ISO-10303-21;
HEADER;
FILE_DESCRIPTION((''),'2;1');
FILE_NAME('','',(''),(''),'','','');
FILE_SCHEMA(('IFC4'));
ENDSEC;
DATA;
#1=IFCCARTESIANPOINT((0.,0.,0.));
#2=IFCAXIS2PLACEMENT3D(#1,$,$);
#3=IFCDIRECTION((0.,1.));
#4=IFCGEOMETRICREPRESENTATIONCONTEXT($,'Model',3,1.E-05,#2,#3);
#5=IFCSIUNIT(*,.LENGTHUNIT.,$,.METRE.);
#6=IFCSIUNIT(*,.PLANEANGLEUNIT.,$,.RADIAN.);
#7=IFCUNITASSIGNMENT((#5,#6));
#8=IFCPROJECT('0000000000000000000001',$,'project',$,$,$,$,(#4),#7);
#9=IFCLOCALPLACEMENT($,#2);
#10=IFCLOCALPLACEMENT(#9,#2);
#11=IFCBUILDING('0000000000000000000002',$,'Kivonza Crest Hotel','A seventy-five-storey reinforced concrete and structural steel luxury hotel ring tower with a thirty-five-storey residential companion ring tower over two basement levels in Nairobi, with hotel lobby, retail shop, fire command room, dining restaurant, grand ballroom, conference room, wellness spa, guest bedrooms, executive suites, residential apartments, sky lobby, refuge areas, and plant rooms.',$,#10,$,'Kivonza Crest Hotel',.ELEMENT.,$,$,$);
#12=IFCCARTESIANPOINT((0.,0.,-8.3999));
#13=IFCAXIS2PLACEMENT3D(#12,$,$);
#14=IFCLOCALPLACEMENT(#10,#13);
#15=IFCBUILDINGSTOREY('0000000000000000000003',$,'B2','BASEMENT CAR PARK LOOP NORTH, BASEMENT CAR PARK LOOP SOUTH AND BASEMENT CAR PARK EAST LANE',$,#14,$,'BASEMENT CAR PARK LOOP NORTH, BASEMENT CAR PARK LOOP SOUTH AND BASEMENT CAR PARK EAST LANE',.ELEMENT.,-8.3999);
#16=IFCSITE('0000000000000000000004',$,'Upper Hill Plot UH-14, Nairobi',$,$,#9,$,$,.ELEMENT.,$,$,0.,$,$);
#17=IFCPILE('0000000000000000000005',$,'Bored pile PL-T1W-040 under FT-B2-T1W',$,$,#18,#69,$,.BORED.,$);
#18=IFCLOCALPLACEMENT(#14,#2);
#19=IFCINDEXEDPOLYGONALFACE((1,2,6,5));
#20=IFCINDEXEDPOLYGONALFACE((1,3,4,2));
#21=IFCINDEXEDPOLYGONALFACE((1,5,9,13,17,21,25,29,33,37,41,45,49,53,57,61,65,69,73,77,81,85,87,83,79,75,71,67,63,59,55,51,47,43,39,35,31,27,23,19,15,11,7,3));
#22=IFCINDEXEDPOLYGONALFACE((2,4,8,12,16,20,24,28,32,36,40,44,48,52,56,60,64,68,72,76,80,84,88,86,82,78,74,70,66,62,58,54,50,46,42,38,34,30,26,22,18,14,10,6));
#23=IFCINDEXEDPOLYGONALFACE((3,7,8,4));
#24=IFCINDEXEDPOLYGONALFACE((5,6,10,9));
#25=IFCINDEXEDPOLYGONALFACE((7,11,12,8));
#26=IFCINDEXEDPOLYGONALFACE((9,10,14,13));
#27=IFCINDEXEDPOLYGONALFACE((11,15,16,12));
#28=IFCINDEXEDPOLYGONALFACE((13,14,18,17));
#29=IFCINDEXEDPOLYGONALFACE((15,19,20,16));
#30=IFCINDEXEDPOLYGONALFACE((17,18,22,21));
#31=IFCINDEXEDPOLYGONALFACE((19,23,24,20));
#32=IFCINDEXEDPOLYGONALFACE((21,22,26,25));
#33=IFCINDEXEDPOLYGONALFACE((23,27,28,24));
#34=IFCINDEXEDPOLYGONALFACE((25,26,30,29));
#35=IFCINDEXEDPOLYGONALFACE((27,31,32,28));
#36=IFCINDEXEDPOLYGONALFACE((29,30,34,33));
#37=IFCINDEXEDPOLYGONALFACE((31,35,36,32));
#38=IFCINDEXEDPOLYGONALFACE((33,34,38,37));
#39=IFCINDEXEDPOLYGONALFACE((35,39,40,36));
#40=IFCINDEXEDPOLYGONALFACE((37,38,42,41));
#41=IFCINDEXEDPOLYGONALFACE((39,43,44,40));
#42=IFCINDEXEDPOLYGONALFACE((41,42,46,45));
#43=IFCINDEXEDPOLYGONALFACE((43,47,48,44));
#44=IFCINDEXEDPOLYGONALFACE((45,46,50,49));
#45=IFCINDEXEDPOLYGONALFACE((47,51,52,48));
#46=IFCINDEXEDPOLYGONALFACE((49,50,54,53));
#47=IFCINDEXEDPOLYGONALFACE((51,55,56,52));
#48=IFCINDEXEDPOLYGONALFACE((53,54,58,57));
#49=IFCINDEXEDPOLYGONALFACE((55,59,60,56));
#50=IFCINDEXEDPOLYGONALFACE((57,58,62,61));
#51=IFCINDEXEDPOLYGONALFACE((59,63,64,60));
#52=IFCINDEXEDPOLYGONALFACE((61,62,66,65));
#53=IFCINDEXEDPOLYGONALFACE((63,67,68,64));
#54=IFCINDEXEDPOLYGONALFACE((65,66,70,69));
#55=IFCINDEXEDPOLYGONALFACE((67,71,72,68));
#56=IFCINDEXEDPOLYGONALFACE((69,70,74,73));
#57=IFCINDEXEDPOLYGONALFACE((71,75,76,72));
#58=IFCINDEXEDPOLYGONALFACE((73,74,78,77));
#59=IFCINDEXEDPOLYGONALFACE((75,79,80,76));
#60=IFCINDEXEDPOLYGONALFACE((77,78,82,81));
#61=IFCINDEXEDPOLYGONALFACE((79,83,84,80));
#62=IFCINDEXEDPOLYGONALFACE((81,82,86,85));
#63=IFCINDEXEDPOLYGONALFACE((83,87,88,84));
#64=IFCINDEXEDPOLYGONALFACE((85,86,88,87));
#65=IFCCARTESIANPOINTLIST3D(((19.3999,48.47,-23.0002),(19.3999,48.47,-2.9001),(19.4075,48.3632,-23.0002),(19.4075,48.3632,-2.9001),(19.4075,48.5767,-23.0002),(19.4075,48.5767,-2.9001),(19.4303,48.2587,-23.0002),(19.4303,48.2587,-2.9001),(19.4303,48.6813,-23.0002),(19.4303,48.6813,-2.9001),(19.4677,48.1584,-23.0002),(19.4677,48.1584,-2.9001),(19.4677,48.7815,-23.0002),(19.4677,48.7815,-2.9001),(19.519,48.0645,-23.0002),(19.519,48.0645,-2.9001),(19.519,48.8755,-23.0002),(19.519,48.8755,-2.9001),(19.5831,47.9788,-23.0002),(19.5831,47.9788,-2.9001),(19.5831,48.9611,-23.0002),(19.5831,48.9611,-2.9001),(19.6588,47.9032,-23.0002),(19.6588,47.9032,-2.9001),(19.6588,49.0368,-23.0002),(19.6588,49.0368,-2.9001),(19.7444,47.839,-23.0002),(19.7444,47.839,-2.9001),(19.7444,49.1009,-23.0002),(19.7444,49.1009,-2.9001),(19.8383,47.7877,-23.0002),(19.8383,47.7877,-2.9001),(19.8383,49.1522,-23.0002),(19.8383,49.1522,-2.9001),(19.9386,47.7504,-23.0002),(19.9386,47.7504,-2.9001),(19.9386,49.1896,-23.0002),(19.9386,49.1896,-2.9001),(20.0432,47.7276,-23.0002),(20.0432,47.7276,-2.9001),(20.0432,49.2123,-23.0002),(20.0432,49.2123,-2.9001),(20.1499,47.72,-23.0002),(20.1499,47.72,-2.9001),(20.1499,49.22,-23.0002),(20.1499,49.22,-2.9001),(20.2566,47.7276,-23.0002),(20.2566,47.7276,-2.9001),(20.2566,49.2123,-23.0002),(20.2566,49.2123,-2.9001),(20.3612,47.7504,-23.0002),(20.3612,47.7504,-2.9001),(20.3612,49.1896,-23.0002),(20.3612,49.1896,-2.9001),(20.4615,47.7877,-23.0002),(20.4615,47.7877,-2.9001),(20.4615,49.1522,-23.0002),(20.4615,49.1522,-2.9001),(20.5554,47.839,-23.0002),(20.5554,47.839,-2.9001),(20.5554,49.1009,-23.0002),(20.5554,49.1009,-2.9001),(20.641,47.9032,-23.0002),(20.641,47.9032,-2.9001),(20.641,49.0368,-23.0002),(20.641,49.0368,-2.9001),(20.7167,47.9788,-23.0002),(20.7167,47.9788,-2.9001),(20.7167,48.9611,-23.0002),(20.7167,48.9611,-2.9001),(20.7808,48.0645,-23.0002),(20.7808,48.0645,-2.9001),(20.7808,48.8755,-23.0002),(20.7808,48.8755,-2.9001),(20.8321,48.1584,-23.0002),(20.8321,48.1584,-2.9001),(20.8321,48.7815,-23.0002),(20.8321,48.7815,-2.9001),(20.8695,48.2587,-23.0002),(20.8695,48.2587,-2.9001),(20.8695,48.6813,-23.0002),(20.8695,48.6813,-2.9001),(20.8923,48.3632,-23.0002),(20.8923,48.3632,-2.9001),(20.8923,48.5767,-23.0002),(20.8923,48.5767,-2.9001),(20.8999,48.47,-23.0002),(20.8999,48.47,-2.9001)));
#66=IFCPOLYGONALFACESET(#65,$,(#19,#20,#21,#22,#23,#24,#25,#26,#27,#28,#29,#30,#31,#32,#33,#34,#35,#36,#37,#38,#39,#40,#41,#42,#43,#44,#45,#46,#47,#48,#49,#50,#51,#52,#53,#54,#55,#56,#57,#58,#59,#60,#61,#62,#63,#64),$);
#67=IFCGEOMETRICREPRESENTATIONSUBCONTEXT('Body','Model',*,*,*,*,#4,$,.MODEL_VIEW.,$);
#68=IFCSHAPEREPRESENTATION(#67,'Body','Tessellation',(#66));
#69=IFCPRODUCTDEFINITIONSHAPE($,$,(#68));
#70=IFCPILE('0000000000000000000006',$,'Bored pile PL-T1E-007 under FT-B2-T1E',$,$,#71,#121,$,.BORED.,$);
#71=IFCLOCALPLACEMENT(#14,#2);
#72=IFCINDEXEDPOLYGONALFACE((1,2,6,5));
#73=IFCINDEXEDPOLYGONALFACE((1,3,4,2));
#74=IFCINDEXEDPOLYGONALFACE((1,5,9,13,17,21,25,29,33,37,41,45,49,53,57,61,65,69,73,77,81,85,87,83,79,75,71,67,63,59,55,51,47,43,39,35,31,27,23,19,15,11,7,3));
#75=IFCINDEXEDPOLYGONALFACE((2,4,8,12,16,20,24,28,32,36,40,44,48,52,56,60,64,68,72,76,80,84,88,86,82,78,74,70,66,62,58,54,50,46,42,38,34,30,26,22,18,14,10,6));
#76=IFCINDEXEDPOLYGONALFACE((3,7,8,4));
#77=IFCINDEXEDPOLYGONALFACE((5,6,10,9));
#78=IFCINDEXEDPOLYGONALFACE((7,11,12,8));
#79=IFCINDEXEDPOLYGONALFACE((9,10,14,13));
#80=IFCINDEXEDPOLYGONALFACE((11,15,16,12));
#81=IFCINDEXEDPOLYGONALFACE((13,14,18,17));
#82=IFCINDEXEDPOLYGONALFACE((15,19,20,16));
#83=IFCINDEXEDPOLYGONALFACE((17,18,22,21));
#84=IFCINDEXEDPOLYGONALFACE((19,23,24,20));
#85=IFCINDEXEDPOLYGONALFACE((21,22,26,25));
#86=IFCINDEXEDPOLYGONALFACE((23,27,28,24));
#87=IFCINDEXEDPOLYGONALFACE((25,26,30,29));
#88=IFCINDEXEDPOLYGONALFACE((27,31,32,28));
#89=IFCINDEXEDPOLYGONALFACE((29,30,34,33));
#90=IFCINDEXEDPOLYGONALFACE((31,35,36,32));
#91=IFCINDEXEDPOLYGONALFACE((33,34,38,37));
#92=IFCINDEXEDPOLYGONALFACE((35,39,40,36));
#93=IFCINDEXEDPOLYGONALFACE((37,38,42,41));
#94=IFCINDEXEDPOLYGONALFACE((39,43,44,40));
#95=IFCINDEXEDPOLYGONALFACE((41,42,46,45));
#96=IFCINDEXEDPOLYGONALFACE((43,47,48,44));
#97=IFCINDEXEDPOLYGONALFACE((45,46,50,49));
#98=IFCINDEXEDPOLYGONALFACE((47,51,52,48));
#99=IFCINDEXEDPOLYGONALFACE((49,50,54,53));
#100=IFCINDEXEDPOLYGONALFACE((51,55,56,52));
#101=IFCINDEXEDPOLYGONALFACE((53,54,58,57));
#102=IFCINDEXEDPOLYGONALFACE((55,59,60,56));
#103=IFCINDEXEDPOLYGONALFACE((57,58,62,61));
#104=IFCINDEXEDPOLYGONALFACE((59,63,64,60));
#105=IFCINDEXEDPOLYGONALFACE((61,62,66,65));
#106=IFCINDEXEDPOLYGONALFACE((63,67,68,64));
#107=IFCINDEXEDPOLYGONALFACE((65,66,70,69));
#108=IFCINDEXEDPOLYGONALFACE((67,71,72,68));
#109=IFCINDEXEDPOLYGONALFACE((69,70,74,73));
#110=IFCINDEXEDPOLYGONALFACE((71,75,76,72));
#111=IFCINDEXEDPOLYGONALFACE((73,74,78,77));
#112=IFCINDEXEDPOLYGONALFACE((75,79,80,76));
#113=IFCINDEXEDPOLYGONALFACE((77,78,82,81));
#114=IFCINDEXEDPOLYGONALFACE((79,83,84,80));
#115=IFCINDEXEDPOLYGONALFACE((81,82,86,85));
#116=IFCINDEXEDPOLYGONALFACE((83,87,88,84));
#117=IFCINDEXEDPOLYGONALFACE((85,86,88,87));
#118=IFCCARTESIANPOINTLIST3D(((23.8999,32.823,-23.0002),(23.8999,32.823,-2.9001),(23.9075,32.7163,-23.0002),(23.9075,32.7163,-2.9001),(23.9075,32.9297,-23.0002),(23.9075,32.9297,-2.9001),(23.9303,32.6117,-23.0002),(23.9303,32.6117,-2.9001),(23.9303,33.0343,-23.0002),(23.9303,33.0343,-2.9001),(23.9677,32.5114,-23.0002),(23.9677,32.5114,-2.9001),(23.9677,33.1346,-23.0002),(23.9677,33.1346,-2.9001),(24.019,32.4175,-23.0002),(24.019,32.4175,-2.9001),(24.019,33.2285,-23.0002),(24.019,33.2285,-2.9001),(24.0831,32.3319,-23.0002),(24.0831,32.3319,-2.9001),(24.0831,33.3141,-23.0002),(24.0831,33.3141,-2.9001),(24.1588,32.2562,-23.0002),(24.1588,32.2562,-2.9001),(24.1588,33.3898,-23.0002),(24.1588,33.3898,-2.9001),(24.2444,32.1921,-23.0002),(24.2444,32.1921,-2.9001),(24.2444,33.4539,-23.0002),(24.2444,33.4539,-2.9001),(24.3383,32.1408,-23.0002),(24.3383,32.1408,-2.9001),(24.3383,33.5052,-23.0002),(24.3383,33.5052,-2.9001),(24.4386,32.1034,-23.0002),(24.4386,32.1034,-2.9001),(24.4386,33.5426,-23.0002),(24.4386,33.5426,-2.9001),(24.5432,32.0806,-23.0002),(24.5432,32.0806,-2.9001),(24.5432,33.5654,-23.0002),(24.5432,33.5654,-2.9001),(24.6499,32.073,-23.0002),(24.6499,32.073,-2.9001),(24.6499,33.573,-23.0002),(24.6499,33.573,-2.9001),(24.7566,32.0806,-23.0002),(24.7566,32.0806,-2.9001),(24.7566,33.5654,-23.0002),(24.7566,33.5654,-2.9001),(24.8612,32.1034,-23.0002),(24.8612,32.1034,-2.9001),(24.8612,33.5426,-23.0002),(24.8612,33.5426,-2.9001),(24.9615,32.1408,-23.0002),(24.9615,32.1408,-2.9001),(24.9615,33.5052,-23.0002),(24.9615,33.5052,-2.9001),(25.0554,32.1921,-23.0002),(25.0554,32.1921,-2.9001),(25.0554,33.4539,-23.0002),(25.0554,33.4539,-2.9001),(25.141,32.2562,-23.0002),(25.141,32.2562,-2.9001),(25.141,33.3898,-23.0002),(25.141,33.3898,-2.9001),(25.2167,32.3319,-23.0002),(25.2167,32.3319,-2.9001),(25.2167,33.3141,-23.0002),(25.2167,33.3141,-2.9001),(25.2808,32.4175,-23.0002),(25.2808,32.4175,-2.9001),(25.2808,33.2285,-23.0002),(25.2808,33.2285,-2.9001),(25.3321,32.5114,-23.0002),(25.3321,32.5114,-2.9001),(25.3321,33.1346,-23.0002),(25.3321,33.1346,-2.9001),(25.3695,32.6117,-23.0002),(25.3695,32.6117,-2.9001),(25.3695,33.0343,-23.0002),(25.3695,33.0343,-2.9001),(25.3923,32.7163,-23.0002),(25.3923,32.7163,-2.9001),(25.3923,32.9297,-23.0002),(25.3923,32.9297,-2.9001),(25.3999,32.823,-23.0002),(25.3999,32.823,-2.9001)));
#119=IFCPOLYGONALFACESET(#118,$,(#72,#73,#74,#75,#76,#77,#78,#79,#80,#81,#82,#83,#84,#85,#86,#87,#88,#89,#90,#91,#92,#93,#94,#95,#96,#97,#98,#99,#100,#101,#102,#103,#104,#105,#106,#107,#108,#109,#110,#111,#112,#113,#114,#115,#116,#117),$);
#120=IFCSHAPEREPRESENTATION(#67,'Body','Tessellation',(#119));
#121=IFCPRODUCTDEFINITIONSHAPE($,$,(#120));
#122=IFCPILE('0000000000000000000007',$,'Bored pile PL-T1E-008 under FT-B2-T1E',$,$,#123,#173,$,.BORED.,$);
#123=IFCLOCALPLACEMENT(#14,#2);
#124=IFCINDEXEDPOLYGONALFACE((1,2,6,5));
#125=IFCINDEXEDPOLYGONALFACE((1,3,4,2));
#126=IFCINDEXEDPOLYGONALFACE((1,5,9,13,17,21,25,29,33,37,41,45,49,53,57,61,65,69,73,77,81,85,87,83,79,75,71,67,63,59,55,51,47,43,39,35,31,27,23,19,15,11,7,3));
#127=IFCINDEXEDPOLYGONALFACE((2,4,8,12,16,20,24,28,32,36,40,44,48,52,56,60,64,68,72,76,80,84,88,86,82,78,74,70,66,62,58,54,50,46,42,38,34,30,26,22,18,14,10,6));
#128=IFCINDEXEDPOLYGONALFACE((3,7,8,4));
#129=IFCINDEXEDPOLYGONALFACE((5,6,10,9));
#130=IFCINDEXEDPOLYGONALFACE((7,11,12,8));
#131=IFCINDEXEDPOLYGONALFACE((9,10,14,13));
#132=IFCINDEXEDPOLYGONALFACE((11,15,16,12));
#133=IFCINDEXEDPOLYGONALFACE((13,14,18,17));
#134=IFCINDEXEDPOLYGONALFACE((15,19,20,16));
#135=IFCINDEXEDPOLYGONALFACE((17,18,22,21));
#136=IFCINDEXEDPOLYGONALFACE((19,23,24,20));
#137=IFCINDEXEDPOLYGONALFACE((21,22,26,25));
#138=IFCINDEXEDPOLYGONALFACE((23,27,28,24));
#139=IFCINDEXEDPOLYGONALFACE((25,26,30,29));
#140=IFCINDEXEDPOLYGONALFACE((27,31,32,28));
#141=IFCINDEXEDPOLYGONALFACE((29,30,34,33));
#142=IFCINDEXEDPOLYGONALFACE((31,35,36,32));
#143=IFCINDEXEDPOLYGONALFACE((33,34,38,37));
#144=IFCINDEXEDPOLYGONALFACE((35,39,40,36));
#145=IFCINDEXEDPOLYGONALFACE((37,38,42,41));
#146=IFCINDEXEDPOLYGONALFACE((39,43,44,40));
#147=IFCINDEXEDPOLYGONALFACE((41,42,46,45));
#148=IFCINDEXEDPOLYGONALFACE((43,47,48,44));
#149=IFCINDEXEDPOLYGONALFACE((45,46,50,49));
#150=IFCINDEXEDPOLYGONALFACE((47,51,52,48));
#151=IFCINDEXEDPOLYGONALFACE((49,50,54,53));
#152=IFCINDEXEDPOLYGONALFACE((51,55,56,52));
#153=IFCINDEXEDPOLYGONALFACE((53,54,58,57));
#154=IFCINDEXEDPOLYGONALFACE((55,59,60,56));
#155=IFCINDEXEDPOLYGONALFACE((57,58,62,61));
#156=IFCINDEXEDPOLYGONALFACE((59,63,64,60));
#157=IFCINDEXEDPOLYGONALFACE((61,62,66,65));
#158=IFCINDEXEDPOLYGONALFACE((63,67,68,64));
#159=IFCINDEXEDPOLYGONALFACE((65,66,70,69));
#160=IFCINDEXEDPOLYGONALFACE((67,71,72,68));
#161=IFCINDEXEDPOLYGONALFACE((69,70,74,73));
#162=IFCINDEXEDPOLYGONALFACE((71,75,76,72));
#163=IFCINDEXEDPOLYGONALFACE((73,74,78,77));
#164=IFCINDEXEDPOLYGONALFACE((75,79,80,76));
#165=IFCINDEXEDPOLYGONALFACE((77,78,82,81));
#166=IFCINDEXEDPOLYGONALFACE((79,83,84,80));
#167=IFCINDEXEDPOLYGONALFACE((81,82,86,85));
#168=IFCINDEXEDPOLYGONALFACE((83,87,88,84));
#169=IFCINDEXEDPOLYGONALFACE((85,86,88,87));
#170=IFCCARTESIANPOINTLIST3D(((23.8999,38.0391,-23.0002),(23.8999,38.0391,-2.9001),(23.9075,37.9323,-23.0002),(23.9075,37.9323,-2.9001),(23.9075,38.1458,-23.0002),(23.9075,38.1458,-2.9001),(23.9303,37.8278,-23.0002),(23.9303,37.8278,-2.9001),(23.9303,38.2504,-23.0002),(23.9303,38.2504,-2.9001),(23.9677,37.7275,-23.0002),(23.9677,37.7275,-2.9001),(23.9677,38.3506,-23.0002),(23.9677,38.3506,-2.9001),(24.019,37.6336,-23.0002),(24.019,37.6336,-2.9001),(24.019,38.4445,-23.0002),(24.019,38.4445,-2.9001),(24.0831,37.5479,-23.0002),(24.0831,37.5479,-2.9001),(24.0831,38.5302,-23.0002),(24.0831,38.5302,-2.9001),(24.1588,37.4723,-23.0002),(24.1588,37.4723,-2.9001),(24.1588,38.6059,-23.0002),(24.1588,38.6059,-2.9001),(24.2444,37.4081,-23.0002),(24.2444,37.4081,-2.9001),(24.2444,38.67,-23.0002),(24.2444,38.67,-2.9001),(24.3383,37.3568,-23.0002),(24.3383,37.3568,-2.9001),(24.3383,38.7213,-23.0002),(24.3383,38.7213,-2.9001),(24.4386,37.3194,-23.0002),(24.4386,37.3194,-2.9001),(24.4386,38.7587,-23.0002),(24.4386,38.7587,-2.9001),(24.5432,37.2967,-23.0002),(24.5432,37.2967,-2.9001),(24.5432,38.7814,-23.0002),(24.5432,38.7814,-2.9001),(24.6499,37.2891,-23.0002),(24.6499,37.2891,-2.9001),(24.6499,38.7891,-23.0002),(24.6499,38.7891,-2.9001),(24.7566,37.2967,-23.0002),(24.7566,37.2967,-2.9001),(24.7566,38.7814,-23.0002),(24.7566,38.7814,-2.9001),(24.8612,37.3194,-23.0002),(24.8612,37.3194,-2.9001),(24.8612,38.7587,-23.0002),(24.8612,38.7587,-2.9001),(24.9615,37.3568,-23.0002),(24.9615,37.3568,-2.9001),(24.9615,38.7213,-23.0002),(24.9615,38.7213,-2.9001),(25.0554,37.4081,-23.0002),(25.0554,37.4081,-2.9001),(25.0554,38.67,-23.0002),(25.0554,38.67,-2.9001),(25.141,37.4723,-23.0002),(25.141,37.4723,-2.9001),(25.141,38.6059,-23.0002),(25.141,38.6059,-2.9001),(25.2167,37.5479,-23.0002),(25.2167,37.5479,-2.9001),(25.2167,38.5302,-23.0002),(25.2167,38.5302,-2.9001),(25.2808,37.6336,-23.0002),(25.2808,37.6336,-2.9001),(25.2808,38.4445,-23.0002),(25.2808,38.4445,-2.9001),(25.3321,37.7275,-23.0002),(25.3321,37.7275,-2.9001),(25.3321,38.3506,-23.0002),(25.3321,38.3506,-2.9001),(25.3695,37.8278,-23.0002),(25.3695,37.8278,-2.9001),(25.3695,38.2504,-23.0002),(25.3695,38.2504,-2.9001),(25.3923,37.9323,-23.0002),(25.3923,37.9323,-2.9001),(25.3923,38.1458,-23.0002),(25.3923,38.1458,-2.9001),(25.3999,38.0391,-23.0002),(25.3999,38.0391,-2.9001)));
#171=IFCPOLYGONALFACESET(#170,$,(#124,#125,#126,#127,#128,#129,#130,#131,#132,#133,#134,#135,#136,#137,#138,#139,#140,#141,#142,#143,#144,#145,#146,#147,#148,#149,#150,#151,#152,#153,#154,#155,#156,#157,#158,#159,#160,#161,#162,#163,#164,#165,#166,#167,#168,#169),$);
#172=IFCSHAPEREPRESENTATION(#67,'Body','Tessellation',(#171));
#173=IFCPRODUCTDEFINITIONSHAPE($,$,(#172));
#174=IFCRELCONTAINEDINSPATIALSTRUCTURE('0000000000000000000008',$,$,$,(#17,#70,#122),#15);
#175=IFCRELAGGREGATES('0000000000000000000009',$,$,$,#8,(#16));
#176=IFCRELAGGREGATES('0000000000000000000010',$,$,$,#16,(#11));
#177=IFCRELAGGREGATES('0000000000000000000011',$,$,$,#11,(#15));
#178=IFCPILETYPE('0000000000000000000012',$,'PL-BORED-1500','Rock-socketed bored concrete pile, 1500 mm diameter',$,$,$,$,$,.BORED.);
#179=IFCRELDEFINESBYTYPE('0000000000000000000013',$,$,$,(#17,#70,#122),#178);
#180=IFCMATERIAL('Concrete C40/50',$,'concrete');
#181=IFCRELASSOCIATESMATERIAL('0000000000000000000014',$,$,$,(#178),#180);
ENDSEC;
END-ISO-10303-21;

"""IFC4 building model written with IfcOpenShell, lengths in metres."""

from ifc_helpers import new_model, si_unit, direction, frame, origin, origin_2d, place, context, subcontext, project, spatial, circle, extrude, material, material_profile, profile_set, type_object, element, save


model = new_model("IFC4")

# Units and contexts
model_context = context("Model", 3, precision=1e-05, world=origin(), true_north=direction((0.0, 1.0)))
body_context = subcontext(model_context, "Body", "Model", "MODEL_VIEW")
ifc_project = project(units=[si_unit("LENGTHUNIT", "METRE"), si_unit("PLANEANGLEUNIT", "RADIAN")], contexts=[model_context])

# Site, building, storey
site_placement = place(None, origin())
site = spatial("IfcSite", under=ifc_project, at=site_placement, Name="Upper Hill Plot UH-14, Nairobi", CompositionType="ELEMENT", RefElevation=0.0)
building_placement = place(site_placement, origin())
building = spatial("IfcBuilding", under=site, at=building_placement, Name="Kivonza Crest Hotel", Description="A seventy-five-storey reinforced concrete and structural steel luxury hotel ring tower with a thirty-five-storey residential companion ring tower over two basement levels in Nairobi, with hotel lobby, retail shop, fire command room, dining restaurant, grand ballroom, conference room, wellness spa, guest bedrooms, executive suites, residential apartments, sky lobby, refuge areas, and plant rooms.", LongName="Kivonza Crest Hotel", CompositionType="ELEMENT")
storey_placement = place(building_placement, frame((0.0, 0.0, -8.3999)))
storey = spatial("IfcBuildingStorey", under=building, at=storey_placement, Name="B2", Description="BASEMENT CAR PARK LOOP NORTH, BASEMENT CAR PARK LOOP SOUTH AND BASEMENT CAR PARK EAST LANE", LongName="BASEMENT CAR PARK LOOP NORTH, BASEMENT CAR PARK LOOP SOUTH AND BASEMENT CAR PARK EAST LANE", CompositionType="ELEMENT", Elevation=-8.3999)

# Piles
ifc_material_1 = material(Name="Concrete C40/50", Category="concrete")
ifc_material_profile_1 = material_profile(ifc_material_1, circle(Radius=0.75, at=origin_2d()), Name="PILE D1500")
ifc_profile_set_1 = profile_set([ifc_material_profile_1], Name="Concrete C40/50")
pile_type = type_object("IfcPileType", Name="PL-BORED-1500", Description="Rock-socketed bored concrete pile, 1500 mm diameter", PredefinedType="BORED", material=ifc_profile_set_1)
for number, where, z_axis, x_axis, name in (
    (1, (20.1499, 48.47, -2.9001), (0.0, 0.0, -1.0), (1.0, 0.0, 0.0), "Bored pile PL-T1W-040 under FT-B2-T1W"),
    (2, (24.6499, 32.823, -2.9001), (0.0, 0.0, -1.0), (1.0, 0.0, 0.0), "Bored pile PL-T1E-007 under FT-B2-T1E"),
    (3, (24.6499, 38.0391, -2.9001), (0.0, 0.0, -1.0), (1.0, 0.0, 0.0), "Bored pile PL-T1E-008 under FT-B2-T1E"),
):
    element("IfcPile", number, at=place(storey_placement, frame(where, z_axis=z_axis, x_axis=x_axis)), inside=storey, type_object=pile_type, Name=name, PredefinedType="BORED", context=body_context, shape_type="SweptSolid", body=[
        extrude(circle(Radius=0.75, at=origin_2d()), origin(), (0.0, 0.0, 1.0), 20.1001),
    ])

save(model, "model.ifc")
